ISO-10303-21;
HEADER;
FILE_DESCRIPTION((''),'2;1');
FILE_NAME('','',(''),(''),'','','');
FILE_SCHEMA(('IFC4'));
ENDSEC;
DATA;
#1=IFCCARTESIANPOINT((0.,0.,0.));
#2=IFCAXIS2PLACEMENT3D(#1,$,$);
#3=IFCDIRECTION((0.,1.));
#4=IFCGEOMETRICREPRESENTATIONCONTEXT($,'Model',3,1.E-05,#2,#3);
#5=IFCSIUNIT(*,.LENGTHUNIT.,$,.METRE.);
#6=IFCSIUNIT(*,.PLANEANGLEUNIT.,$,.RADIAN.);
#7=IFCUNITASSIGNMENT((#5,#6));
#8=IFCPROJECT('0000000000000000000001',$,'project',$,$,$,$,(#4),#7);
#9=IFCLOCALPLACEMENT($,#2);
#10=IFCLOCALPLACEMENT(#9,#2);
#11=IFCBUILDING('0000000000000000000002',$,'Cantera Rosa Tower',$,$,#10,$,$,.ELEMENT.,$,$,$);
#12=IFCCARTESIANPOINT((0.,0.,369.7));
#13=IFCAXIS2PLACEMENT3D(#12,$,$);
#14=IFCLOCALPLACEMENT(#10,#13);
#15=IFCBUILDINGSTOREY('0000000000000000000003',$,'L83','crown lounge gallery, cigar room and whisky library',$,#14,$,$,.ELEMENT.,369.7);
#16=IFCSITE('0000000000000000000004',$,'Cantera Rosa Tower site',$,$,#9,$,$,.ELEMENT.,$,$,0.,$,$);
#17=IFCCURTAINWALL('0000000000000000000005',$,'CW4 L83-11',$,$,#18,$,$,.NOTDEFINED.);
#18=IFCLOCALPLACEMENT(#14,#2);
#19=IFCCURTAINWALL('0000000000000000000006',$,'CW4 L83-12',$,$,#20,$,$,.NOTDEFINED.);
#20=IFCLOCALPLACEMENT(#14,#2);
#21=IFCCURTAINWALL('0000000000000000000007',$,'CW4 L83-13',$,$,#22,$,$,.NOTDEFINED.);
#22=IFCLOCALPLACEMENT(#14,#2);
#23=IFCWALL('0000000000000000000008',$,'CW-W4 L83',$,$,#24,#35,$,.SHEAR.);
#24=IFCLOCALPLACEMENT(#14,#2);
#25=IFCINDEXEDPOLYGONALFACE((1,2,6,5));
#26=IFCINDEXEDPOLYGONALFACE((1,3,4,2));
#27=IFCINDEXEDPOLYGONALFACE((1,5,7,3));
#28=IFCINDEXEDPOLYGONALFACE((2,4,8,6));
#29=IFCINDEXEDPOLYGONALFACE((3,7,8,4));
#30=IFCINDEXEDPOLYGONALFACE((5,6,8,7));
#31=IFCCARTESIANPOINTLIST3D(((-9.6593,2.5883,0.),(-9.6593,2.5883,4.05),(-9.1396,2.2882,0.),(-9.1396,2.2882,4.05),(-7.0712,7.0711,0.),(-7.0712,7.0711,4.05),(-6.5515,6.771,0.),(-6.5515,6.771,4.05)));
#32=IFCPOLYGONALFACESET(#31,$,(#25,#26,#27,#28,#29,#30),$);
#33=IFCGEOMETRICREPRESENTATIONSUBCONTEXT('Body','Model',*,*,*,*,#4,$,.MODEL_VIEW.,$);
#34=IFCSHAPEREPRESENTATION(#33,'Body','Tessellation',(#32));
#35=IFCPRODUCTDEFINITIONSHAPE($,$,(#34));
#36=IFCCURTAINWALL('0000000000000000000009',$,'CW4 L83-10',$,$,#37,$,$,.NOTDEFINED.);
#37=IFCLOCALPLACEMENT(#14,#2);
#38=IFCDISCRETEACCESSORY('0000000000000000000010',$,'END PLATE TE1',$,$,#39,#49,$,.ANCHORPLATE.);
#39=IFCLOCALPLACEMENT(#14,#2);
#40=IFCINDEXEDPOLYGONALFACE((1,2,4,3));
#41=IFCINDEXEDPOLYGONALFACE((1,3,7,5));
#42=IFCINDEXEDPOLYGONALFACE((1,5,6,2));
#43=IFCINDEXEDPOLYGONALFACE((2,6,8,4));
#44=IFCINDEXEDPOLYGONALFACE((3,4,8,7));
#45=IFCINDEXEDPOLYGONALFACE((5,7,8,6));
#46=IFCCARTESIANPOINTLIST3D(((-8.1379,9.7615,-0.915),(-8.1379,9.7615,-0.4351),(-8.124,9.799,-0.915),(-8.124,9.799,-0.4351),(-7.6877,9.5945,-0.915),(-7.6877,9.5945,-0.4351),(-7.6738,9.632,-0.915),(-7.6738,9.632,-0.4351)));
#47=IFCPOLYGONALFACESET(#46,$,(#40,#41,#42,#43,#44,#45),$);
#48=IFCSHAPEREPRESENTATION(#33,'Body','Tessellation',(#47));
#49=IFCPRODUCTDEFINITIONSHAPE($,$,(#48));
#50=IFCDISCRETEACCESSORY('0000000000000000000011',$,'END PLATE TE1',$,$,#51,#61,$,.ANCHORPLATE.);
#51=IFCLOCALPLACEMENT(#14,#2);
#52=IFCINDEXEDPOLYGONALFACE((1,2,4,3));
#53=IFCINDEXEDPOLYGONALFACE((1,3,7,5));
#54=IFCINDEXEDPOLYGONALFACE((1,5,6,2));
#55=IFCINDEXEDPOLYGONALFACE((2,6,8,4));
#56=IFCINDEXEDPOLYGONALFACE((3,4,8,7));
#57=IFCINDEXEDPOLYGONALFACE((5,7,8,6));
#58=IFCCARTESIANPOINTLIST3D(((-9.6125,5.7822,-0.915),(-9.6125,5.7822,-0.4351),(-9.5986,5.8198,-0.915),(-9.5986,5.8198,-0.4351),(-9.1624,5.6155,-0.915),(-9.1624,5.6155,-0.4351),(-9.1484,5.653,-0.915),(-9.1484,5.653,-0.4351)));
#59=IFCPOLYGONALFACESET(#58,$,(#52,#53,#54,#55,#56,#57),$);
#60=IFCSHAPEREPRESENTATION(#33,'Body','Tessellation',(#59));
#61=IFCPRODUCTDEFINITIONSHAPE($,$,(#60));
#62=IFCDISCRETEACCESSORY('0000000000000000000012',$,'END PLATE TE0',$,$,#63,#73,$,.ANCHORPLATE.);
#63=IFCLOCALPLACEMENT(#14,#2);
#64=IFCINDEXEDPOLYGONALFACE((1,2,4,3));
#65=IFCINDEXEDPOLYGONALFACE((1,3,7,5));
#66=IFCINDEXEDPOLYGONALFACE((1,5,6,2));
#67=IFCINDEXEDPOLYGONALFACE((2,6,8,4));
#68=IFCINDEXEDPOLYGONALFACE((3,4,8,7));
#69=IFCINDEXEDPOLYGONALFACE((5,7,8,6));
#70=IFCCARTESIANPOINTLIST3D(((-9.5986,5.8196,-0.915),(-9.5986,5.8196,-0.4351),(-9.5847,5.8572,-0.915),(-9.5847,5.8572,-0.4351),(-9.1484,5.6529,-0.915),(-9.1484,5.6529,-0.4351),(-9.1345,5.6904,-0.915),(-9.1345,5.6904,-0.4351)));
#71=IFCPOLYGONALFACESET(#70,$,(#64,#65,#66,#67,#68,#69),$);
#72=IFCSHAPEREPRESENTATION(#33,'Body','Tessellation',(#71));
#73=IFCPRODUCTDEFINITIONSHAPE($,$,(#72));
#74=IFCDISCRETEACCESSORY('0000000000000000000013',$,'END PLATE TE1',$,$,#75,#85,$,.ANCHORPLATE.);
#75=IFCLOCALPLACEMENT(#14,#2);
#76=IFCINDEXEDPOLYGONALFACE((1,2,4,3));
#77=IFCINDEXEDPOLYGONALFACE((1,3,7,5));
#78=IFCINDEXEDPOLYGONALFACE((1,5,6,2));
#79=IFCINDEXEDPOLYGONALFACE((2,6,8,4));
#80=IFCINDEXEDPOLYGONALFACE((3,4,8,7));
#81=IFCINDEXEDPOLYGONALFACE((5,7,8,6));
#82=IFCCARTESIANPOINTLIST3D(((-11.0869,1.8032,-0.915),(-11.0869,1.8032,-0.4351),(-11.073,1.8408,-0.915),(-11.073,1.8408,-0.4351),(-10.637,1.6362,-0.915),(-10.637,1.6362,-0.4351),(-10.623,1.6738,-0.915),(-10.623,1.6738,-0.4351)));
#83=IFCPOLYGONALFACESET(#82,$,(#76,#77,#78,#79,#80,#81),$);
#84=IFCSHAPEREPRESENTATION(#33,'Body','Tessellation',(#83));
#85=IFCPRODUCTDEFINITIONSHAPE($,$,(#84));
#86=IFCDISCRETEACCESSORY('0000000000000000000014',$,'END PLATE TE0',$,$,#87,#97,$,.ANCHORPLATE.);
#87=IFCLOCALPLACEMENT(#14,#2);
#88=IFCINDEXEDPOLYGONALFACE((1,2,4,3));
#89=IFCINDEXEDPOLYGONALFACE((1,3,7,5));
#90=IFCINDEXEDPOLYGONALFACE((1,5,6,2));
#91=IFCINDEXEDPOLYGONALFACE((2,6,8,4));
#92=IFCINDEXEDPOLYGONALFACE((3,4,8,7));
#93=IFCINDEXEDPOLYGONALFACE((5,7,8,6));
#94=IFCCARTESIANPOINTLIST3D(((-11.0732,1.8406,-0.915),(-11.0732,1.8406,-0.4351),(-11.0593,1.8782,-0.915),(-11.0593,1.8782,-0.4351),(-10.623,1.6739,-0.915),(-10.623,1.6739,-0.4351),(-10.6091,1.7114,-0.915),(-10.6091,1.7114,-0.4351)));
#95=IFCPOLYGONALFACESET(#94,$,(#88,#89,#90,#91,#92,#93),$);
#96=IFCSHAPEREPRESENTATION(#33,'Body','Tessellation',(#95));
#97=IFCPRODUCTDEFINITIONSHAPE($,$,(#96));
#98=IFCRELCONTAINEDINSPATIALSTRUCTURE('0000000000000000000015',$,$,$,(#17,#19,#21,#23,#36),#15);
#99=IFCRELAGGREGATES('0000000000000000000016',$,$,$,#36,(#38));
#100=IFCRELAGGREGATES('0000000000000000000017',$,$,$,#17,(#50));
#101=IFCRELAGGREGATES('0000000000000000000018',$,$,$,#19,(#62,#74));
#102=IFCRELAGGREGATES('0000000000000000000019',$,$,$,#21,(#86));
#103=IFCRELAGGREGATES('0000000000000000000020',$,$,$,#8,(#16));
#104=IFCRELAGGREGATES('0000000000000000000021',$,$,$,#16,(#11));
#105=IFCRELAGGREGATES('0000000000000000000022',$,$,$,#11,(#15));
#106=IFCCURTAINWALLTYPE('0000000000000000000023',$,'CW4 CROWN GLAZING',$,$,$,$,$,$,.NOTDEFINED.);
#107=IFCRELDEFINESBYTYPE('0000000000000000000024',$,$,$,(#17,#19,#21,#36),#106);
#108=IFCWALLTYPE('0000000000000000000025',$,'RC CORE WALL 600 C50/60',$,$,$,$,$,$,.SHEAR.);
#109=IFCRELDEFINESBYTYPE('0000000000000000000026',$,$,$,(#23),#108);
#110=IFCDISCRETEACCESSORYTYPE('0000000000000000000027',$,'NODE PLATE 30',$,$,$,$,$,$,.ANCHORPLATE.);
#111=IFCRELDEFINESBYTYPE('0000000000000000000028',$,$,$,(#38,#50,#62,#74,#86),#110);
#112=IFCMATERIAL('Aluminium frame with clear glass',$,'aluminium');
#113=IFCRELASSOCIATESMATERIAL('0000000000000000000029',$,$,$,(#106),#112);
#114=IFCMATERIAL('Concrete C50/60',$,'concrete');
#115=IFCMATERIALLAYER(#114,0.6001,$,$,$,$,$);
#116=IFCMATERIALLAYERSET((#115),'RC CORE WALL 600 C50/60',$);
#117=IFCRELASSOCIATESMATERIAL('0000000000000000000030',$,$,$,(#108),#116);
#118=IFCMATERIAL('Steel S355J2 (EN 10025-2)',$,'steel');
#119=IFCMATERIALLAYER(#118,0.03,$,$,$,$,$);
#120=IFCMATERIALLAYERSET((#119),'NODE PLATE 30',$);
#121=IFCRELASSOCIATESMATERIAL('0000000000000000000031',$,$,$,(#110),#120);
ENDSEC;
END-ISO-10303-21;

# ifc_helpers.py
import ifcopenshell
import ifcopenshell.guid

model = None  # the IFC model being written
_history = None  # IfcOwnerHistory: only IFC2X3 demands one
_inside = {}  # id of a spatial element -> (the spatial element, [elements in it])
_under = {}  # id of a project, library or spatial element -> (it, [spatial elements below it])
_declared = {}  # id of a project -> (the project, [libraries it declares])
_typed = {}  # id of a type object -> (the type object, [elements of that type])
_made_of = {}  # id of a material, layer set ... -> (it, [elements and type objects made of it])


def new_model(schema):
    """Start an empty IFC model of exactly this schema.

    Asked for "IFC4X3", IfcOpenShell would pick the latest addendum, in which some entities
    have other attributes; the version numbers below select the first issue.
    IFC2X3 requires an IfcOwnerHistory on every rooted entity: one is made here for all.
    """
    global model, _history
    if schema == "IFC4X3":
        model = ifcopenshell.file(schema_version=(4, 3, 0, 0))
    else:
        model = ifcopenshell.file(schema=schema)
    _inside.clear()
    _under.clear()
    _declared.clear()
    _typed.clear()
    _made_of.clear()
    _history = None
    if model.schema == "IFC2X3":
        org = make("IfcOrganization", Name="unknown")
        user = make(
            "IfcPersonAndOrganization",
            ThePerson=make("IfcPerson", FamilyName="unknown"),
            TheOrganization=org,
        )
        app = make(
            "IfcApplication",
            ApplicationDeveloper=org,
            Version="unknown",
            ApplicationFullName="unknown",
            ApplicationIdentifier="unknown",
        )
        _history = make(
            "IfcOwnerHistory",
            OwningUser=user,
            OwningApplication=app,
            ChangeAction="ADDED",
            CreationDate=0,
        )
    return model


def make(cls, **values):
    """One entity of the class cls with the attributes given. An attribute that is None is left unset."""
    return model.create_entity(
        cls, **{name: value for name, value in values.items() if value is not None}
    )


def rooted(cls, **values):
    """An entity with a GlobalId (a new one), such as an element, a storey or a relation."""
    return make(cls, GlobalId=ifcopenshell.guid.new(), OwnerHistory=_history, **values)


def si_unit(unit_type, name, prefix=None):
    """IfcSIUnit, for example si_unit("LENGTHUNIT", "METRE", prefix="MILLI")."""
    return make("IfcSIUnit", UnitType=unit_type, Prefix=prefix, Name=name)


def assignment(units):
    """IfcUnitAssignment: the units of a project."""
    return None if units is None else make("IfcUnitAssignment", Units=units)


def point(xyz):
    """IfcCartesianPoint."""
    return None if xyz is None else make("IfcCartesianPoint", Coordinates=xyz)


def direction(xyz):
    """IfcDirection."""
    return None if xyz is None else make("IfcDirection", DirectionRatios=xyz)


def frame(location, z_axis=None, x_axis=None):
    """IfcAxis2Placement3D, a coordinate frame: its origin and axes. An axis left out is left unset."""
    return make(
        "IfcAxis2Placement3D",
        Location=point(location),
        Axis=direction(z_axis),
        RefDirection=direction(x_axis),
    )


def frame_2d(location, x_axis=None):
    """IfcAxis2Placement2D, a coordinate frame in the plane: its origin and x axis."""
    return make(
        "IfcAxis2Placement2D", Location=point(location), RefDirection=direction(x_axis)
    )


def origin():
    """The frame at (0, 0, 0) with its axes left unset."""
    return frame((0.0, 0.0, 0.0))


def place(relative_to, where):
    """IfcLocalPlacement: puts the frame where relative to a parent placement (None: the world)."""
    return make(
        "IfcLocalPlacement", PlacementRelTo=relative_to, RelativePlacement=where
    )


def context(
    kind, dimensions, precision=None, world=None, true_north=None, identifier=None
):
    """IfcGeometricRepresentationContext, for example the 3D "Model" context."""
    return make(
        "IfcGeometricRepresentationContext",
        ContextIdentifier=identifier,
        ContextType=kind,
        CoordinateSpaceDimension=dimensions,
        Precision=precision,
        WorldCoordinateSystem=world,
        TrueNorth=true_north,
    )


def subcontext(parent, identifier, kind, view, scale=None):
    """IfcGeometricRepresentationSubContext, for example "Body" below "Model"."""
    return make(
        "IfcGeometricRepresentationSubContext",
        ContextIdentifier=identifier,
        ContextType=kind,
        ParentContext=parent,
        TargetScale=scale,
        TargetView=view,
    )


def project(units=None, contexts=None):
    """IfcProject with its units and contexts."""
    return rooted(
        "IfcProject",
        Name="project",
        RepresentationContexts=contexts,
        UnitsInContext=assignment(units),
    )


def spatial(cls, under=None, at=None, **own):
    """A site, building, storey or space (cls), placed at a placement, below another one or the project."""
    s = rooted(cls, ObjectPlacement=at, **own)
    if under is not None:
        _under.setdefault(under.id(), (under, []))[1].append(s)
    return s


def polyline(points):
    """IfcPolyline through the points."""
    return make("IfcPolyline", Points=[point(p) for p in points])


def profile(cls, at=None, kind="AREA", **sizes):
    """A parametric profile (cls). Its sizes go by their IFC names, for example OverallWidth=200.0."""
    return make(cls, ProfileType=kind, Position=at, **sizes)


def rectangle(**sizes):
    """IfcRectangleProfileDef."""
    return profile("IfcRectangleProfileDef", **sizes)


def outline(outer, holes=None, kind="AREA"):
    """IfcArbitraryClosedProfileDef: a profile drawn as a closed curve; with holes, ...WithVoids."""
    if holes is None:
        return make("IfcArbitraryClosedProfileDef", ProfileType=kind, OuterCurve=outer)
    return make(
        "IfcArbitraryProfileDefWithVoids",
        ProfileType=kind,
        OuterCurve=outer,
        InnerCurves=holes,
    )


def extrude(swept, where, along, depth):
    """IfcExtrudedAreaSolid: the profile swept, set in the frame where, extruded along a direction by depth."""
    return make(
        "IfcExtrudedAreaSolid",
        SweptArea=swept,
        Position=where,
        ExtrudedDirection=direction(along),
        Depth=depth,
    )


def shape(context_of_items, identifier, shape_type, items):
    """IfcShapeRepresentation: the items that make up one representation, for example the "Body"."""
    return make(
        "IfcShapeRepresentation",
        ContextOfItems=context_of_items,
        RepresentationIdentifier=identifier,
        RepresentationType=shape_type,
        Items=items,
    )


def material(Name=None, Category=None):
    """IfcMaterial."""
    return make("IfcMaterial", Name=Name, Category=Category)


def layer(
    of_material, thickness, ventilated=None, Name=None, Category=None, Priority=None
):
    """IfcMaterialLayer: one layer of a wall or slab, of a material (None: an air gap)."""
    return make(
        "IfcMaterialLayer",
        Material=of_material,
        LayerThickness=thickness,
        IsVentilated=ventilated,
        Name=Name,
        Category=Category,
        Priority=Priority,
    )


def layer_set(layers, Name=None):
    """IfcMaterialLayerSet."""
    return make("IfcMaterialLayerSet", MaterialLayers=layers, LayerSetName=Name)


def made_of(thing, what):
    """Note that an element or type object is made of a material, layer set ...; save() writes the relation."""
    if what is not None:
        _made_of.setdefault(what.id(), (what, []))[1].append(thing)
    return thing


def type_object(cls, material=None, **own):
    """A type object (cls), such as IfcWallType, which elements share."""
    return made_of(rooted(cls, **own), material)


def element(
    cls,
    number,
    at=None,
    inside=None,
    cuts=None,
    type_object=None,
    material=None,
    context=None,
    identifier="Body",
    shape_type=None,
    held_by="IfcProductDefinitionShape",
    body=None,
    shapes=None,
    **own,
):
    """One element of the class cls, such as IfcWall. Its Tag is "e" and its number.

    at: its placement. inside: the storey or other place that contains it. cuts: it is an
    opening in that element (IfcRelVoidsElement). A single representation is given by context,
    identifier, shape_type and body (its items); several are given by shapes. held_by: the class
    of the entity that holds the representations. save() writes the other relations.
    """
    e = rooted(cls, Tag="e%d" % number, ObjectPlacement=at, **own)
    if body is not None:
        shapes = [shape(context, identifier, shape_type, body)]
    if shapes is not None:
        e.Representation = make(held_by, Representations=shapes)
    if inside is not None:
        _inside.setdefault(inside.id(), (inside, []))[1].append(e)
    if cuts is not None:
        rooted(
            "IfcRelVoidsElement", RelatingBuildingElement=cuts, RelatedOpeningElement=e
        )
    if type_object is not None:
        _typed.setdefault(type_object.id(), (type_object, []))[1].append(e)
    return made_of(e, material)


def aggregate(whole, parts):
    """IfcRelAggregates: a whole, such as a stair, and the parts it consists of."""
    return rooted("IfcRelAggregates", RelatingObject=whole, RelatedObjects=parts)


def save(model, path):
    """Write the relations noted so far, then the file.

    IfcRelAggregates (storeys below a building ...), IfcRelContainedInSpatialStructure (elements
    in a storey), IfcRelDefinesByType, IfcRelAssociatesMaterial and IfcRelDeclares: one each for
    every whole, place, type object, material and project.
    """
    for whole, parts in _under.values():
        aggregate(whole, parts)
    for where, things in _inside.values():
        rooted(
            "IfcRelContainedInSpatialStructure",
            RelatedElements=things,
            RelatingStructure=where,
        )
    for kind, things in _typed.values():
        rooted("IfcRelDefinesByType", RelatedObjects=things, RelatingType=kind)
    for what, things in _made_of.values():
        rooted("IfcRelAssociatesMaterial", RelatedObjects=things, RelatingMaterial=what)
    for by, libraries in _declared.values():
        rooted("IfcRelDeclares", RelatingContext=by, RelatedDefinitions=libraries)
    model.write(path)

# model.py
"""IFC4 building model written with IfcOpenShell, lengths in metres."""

from ifc_helpers import new_model, si_unit, direction, frame, frame_2d, origin, place, context, subcontext, project, spatial, polyline, rectangle, outline, extrude, material, layer, layer_set, type_object, element, aggregate, save


model = new_model("IFC4")

# Units and contexts
model_context = context("Model", 3, precision=1e-05, world=origin(), true_north=direction((0.0, 1.0)))
body_context = subcontext(model_context, "Body", "Model", "MODEL_VIEW")
ifc_project = project(units=[si_unit("LENGTHUNIT", "METRE"), si_unit("PLANEANGLEUNIT", "RADIAN")], contexts=[model_context])

# Site, building, storey
site_placement = place(None, origin())
site = spatial("IfcSite", under=ifc_project, at=site_placement, Name="Cantera Rosa Tower site", CompositionType="ELEMENT", RefElevation=0.0)
building_placement = place(site_placement, origin())
building = spatial("IfcBuilding", under=site, at=building_placement, Name="Cantera Rosa Tower", CompositionType="ELEMENT")
storey_placement = place(building_placement, frame((0.0, 0.0, 369.7)))
storey = spatial("IfcBuildingStorey", under=building, at=storey_placement, Name="L83", Description="crown lounge gallery, cigar room and whisky library", CompositionType="ELEMENT", Elevation=369.7)

# Curtain walls
ifc_material_1 = material(Name="Aluminium frame with clear glass", Category="aluminium")
curtain_wall_type = type_object("IfcCurtainWallType", Name="CW4 CROWN GLAZING", PredefinedType="NOTDEFINED", material=ifc_material_1)
curtain_wall_1_placement = place(storey_placement, origin())
curtain_wall_1 = element("IfcCurtainWall", 1, at=curtain_wall_1_placement, inside=storey, type_object=curtain_wall_type, Name="CW4 L83-11", PredefinedType="NOTDEFINED")
curtain_wall_2_placement = place(storey_placement, origin())
curtain_wall_2 = element("IfcCurtainWall", 2, at=curtain_wall_2_placement, inside=storey, type_object=curtain_wall_type, Name="CW4 L83-12", PredefinedType="NOTDEFINED")
curtain_wall_3_placement = place(storey_placement, origin())
curtain_wall_3 = element("IfcCurtainWall", 3, at=curtain_wall_3_placement, inside=storey, type_object=curtain_wall_type, Name="CW4 L83-13", PredefinedType="NOTDEFINED")

# Wall
ifc_material_2 = material(Name="Concrete C50/60", Category="concrete")
ifc_layer_1 = layer(ifc_material_2, 0.6001)
ifc_layer_set_1 = layer_set([ifc_layer_1], Name="RC CORE WALL 600 C50/60")
wall_type_1 = type_object("IfcWallType", Name="RC CORE WALL 600 C50/60", PredefinedType="SHEAR", material=ifc_layer_set_1)
wall_1_placement = place(storey_placement, frame((-9.3994, 2.4382, 0.0), z_axis=(0.0, 0.0, 1.0), x_axis=(0.499989, 0.866032, 0.0)))
element("IfcWall", 4, at=wall_1_placement, inside=storey, type_object=wall_type_1, Name="CW-W4 L83", PredefinedType="SHEAR", context=body_context, shape_type="SweptSolid", body=[
    extrude(rectangle(XDim=5.1763, YDim=0.6001, at=frame_2d((2.5881, 0.0))), origin(), (0.0, 0.0, 1.0), 4.05),
])

# Curtain wall, discrete accessory
curtain_wall_4_placement = place(storey_placement, origin())
curtain_wall_4 = element("IfcCurtainWall", 5, at=curtain_wall_4_placement, inside=storey, type_object=curtain_wall_type, Name="CW4 L83-10", PredefinedType="NOTDEFINED")
ifc_material_3 = material(Name="Steel S355J2 (EN 10025-2)", Category="steel")
ifc_layer_2 = layer(ifc_material_3, 0.03)
ifc_layer_set_2 = layer_set([ifc_layer_2], Name="NODE PLATE 30")
discrete_accessory_type = type_object("IfcDiscreteAccessoryType", Name="NODE PLATE 30", PredefinedType="ANCHORPLATE", material=ifc_layer_set_2)
discrete_accessory_1_placement = place(storey_placement, frame((-7.6877, 9.5945, -0.4351), z_axis=(-0.347778, -0.937577, 0.0), x_axis=(-0.937577, 0.347778, 0.0)))
discrete_accessory_1 = element("IfcDiscreteAccessory", 6, at=discrete_accessory_1_placement, type_object=discrete_accessory_type, Name="END PLATE TE1", PredefinedType="ANCHORPLATE", context=body_context, shape_type="SweptSolid", body=[
    extrude(outline(polyline([(0.0, 0.0), (0.4802, 0.0), (0.4802, 0.48), (0.0, 0.48), (0.0, 0.0)])), origin(), (0.0, 0.0, -1.0), 0.04),
])
aggregate(curtain_wall_4, [discrete_accessory_1])

# Discrete accessories
discrete_accessory_2_placement = place(storey_placement, frame((-9.1624, 5.6155, -0.4351), z_axis=(-0.347331, -0.937743, 0.0), x_axis=(-0.937743, 0.347331, 0.0)))
discrete_accessory_2 = element("IfcDiscreteAccessory", 7, at=discrete_accessory_2_placement, type_object=discrete_accessory_type, Name="END PLATE TE1", PredefinedType="ANCHORPLATE", context=body_context, shape_type="SweptSolid", body=[
    extrude(outline(polyline([(0.0, 0.0), (0.4801, 0.0), (0.4801, 0.48), (0.0, 0.48), (0.0, 0.0)])), origin(), (0.0, 0.0, -1.0), 0.04),
])
aggregate(curtain_wall_1, [discrete_accessory_2])
discrete_accessory_3_placement = place(storey_placement, frame((-9.5847, 5.8572, -0.4351), z_axis=(0.347331, 0.937743, 0.0), x_axis=(0.937743, -0.347331, 0.0)))
discrete_accessory_3 = element("IfcDiscreteAccessory", 8, at=discrete_accessory_3_placement, type_object=discrete_accessory_type, Name="END PLATE TE0", PredefinedType="ANCHORPLATE", context=body_context, shape_type="SweptSolid", body=[
    extrude(outline(polyline([(0.0, 0.0), (0.4801, 0.0), (0.4801, 0.48), (0.0, 0.48), (0.0, 0.0)])), origin(), (0.0, 0.0, -1.0), 0.04),
])
discrete_accessory_4_placement = place(storey_placement, frame((-10.637, 1.6362, -0.4351), z_axis=(-0.347944, -0.937515, 0.0), x_axis=(-0.937515, 0.347944, 0.0)))
discrete_accessory_4 = element("IfcDiscreteAccessory", 9, at=discrete_accessory_4_placement, type_object=discrete_accessory_type, Name="END PLATE TE1", PredefinedType="ANCHORPLATE", context=body_context, shape_type="SweptSolid", body=[
    extrude(outline(polyline([(0.0, 0.0), (0.4799, 0.0), (0.4799, 0.48), (0.0, 0.48), (0.0, 0.0)])), origin(), (0.0, 0.0, -1.0), 0.04),
])
aggregate(curtain_wall_2, [discrete_accessory_3, discrete_accessory_4])
discrete_accessory_5_placement = place(storey_placement, frame((-11.0593, 1.8782, -0.4351), z_axis=(0.347331, 0.937743, 0.0), x_axis=(0.937743, -0.347331, 0.0)))
discrete_accessory_5 = element("IfcDiscreteAccessory", 10, at=discrete_accessory_5_placement, type_object=discrete_accessory_type, Name="END PLATE TE0", PredefinedType="ANCHORPLATE", context=body_context, shape_type="SweptSolid", body=[
    extrude(outline(polyline([(0.0, 0.0), (0.4801, 0.0), (0.4801, 0.48), (0.0, 0.48), (0.0, 0.0)])), origin(), (0.0, 0.0, -1.0), 0.04),
])
aggregate(curtain_wall_3, [discrete_accessory_5])

save(model, "model.ifc")
